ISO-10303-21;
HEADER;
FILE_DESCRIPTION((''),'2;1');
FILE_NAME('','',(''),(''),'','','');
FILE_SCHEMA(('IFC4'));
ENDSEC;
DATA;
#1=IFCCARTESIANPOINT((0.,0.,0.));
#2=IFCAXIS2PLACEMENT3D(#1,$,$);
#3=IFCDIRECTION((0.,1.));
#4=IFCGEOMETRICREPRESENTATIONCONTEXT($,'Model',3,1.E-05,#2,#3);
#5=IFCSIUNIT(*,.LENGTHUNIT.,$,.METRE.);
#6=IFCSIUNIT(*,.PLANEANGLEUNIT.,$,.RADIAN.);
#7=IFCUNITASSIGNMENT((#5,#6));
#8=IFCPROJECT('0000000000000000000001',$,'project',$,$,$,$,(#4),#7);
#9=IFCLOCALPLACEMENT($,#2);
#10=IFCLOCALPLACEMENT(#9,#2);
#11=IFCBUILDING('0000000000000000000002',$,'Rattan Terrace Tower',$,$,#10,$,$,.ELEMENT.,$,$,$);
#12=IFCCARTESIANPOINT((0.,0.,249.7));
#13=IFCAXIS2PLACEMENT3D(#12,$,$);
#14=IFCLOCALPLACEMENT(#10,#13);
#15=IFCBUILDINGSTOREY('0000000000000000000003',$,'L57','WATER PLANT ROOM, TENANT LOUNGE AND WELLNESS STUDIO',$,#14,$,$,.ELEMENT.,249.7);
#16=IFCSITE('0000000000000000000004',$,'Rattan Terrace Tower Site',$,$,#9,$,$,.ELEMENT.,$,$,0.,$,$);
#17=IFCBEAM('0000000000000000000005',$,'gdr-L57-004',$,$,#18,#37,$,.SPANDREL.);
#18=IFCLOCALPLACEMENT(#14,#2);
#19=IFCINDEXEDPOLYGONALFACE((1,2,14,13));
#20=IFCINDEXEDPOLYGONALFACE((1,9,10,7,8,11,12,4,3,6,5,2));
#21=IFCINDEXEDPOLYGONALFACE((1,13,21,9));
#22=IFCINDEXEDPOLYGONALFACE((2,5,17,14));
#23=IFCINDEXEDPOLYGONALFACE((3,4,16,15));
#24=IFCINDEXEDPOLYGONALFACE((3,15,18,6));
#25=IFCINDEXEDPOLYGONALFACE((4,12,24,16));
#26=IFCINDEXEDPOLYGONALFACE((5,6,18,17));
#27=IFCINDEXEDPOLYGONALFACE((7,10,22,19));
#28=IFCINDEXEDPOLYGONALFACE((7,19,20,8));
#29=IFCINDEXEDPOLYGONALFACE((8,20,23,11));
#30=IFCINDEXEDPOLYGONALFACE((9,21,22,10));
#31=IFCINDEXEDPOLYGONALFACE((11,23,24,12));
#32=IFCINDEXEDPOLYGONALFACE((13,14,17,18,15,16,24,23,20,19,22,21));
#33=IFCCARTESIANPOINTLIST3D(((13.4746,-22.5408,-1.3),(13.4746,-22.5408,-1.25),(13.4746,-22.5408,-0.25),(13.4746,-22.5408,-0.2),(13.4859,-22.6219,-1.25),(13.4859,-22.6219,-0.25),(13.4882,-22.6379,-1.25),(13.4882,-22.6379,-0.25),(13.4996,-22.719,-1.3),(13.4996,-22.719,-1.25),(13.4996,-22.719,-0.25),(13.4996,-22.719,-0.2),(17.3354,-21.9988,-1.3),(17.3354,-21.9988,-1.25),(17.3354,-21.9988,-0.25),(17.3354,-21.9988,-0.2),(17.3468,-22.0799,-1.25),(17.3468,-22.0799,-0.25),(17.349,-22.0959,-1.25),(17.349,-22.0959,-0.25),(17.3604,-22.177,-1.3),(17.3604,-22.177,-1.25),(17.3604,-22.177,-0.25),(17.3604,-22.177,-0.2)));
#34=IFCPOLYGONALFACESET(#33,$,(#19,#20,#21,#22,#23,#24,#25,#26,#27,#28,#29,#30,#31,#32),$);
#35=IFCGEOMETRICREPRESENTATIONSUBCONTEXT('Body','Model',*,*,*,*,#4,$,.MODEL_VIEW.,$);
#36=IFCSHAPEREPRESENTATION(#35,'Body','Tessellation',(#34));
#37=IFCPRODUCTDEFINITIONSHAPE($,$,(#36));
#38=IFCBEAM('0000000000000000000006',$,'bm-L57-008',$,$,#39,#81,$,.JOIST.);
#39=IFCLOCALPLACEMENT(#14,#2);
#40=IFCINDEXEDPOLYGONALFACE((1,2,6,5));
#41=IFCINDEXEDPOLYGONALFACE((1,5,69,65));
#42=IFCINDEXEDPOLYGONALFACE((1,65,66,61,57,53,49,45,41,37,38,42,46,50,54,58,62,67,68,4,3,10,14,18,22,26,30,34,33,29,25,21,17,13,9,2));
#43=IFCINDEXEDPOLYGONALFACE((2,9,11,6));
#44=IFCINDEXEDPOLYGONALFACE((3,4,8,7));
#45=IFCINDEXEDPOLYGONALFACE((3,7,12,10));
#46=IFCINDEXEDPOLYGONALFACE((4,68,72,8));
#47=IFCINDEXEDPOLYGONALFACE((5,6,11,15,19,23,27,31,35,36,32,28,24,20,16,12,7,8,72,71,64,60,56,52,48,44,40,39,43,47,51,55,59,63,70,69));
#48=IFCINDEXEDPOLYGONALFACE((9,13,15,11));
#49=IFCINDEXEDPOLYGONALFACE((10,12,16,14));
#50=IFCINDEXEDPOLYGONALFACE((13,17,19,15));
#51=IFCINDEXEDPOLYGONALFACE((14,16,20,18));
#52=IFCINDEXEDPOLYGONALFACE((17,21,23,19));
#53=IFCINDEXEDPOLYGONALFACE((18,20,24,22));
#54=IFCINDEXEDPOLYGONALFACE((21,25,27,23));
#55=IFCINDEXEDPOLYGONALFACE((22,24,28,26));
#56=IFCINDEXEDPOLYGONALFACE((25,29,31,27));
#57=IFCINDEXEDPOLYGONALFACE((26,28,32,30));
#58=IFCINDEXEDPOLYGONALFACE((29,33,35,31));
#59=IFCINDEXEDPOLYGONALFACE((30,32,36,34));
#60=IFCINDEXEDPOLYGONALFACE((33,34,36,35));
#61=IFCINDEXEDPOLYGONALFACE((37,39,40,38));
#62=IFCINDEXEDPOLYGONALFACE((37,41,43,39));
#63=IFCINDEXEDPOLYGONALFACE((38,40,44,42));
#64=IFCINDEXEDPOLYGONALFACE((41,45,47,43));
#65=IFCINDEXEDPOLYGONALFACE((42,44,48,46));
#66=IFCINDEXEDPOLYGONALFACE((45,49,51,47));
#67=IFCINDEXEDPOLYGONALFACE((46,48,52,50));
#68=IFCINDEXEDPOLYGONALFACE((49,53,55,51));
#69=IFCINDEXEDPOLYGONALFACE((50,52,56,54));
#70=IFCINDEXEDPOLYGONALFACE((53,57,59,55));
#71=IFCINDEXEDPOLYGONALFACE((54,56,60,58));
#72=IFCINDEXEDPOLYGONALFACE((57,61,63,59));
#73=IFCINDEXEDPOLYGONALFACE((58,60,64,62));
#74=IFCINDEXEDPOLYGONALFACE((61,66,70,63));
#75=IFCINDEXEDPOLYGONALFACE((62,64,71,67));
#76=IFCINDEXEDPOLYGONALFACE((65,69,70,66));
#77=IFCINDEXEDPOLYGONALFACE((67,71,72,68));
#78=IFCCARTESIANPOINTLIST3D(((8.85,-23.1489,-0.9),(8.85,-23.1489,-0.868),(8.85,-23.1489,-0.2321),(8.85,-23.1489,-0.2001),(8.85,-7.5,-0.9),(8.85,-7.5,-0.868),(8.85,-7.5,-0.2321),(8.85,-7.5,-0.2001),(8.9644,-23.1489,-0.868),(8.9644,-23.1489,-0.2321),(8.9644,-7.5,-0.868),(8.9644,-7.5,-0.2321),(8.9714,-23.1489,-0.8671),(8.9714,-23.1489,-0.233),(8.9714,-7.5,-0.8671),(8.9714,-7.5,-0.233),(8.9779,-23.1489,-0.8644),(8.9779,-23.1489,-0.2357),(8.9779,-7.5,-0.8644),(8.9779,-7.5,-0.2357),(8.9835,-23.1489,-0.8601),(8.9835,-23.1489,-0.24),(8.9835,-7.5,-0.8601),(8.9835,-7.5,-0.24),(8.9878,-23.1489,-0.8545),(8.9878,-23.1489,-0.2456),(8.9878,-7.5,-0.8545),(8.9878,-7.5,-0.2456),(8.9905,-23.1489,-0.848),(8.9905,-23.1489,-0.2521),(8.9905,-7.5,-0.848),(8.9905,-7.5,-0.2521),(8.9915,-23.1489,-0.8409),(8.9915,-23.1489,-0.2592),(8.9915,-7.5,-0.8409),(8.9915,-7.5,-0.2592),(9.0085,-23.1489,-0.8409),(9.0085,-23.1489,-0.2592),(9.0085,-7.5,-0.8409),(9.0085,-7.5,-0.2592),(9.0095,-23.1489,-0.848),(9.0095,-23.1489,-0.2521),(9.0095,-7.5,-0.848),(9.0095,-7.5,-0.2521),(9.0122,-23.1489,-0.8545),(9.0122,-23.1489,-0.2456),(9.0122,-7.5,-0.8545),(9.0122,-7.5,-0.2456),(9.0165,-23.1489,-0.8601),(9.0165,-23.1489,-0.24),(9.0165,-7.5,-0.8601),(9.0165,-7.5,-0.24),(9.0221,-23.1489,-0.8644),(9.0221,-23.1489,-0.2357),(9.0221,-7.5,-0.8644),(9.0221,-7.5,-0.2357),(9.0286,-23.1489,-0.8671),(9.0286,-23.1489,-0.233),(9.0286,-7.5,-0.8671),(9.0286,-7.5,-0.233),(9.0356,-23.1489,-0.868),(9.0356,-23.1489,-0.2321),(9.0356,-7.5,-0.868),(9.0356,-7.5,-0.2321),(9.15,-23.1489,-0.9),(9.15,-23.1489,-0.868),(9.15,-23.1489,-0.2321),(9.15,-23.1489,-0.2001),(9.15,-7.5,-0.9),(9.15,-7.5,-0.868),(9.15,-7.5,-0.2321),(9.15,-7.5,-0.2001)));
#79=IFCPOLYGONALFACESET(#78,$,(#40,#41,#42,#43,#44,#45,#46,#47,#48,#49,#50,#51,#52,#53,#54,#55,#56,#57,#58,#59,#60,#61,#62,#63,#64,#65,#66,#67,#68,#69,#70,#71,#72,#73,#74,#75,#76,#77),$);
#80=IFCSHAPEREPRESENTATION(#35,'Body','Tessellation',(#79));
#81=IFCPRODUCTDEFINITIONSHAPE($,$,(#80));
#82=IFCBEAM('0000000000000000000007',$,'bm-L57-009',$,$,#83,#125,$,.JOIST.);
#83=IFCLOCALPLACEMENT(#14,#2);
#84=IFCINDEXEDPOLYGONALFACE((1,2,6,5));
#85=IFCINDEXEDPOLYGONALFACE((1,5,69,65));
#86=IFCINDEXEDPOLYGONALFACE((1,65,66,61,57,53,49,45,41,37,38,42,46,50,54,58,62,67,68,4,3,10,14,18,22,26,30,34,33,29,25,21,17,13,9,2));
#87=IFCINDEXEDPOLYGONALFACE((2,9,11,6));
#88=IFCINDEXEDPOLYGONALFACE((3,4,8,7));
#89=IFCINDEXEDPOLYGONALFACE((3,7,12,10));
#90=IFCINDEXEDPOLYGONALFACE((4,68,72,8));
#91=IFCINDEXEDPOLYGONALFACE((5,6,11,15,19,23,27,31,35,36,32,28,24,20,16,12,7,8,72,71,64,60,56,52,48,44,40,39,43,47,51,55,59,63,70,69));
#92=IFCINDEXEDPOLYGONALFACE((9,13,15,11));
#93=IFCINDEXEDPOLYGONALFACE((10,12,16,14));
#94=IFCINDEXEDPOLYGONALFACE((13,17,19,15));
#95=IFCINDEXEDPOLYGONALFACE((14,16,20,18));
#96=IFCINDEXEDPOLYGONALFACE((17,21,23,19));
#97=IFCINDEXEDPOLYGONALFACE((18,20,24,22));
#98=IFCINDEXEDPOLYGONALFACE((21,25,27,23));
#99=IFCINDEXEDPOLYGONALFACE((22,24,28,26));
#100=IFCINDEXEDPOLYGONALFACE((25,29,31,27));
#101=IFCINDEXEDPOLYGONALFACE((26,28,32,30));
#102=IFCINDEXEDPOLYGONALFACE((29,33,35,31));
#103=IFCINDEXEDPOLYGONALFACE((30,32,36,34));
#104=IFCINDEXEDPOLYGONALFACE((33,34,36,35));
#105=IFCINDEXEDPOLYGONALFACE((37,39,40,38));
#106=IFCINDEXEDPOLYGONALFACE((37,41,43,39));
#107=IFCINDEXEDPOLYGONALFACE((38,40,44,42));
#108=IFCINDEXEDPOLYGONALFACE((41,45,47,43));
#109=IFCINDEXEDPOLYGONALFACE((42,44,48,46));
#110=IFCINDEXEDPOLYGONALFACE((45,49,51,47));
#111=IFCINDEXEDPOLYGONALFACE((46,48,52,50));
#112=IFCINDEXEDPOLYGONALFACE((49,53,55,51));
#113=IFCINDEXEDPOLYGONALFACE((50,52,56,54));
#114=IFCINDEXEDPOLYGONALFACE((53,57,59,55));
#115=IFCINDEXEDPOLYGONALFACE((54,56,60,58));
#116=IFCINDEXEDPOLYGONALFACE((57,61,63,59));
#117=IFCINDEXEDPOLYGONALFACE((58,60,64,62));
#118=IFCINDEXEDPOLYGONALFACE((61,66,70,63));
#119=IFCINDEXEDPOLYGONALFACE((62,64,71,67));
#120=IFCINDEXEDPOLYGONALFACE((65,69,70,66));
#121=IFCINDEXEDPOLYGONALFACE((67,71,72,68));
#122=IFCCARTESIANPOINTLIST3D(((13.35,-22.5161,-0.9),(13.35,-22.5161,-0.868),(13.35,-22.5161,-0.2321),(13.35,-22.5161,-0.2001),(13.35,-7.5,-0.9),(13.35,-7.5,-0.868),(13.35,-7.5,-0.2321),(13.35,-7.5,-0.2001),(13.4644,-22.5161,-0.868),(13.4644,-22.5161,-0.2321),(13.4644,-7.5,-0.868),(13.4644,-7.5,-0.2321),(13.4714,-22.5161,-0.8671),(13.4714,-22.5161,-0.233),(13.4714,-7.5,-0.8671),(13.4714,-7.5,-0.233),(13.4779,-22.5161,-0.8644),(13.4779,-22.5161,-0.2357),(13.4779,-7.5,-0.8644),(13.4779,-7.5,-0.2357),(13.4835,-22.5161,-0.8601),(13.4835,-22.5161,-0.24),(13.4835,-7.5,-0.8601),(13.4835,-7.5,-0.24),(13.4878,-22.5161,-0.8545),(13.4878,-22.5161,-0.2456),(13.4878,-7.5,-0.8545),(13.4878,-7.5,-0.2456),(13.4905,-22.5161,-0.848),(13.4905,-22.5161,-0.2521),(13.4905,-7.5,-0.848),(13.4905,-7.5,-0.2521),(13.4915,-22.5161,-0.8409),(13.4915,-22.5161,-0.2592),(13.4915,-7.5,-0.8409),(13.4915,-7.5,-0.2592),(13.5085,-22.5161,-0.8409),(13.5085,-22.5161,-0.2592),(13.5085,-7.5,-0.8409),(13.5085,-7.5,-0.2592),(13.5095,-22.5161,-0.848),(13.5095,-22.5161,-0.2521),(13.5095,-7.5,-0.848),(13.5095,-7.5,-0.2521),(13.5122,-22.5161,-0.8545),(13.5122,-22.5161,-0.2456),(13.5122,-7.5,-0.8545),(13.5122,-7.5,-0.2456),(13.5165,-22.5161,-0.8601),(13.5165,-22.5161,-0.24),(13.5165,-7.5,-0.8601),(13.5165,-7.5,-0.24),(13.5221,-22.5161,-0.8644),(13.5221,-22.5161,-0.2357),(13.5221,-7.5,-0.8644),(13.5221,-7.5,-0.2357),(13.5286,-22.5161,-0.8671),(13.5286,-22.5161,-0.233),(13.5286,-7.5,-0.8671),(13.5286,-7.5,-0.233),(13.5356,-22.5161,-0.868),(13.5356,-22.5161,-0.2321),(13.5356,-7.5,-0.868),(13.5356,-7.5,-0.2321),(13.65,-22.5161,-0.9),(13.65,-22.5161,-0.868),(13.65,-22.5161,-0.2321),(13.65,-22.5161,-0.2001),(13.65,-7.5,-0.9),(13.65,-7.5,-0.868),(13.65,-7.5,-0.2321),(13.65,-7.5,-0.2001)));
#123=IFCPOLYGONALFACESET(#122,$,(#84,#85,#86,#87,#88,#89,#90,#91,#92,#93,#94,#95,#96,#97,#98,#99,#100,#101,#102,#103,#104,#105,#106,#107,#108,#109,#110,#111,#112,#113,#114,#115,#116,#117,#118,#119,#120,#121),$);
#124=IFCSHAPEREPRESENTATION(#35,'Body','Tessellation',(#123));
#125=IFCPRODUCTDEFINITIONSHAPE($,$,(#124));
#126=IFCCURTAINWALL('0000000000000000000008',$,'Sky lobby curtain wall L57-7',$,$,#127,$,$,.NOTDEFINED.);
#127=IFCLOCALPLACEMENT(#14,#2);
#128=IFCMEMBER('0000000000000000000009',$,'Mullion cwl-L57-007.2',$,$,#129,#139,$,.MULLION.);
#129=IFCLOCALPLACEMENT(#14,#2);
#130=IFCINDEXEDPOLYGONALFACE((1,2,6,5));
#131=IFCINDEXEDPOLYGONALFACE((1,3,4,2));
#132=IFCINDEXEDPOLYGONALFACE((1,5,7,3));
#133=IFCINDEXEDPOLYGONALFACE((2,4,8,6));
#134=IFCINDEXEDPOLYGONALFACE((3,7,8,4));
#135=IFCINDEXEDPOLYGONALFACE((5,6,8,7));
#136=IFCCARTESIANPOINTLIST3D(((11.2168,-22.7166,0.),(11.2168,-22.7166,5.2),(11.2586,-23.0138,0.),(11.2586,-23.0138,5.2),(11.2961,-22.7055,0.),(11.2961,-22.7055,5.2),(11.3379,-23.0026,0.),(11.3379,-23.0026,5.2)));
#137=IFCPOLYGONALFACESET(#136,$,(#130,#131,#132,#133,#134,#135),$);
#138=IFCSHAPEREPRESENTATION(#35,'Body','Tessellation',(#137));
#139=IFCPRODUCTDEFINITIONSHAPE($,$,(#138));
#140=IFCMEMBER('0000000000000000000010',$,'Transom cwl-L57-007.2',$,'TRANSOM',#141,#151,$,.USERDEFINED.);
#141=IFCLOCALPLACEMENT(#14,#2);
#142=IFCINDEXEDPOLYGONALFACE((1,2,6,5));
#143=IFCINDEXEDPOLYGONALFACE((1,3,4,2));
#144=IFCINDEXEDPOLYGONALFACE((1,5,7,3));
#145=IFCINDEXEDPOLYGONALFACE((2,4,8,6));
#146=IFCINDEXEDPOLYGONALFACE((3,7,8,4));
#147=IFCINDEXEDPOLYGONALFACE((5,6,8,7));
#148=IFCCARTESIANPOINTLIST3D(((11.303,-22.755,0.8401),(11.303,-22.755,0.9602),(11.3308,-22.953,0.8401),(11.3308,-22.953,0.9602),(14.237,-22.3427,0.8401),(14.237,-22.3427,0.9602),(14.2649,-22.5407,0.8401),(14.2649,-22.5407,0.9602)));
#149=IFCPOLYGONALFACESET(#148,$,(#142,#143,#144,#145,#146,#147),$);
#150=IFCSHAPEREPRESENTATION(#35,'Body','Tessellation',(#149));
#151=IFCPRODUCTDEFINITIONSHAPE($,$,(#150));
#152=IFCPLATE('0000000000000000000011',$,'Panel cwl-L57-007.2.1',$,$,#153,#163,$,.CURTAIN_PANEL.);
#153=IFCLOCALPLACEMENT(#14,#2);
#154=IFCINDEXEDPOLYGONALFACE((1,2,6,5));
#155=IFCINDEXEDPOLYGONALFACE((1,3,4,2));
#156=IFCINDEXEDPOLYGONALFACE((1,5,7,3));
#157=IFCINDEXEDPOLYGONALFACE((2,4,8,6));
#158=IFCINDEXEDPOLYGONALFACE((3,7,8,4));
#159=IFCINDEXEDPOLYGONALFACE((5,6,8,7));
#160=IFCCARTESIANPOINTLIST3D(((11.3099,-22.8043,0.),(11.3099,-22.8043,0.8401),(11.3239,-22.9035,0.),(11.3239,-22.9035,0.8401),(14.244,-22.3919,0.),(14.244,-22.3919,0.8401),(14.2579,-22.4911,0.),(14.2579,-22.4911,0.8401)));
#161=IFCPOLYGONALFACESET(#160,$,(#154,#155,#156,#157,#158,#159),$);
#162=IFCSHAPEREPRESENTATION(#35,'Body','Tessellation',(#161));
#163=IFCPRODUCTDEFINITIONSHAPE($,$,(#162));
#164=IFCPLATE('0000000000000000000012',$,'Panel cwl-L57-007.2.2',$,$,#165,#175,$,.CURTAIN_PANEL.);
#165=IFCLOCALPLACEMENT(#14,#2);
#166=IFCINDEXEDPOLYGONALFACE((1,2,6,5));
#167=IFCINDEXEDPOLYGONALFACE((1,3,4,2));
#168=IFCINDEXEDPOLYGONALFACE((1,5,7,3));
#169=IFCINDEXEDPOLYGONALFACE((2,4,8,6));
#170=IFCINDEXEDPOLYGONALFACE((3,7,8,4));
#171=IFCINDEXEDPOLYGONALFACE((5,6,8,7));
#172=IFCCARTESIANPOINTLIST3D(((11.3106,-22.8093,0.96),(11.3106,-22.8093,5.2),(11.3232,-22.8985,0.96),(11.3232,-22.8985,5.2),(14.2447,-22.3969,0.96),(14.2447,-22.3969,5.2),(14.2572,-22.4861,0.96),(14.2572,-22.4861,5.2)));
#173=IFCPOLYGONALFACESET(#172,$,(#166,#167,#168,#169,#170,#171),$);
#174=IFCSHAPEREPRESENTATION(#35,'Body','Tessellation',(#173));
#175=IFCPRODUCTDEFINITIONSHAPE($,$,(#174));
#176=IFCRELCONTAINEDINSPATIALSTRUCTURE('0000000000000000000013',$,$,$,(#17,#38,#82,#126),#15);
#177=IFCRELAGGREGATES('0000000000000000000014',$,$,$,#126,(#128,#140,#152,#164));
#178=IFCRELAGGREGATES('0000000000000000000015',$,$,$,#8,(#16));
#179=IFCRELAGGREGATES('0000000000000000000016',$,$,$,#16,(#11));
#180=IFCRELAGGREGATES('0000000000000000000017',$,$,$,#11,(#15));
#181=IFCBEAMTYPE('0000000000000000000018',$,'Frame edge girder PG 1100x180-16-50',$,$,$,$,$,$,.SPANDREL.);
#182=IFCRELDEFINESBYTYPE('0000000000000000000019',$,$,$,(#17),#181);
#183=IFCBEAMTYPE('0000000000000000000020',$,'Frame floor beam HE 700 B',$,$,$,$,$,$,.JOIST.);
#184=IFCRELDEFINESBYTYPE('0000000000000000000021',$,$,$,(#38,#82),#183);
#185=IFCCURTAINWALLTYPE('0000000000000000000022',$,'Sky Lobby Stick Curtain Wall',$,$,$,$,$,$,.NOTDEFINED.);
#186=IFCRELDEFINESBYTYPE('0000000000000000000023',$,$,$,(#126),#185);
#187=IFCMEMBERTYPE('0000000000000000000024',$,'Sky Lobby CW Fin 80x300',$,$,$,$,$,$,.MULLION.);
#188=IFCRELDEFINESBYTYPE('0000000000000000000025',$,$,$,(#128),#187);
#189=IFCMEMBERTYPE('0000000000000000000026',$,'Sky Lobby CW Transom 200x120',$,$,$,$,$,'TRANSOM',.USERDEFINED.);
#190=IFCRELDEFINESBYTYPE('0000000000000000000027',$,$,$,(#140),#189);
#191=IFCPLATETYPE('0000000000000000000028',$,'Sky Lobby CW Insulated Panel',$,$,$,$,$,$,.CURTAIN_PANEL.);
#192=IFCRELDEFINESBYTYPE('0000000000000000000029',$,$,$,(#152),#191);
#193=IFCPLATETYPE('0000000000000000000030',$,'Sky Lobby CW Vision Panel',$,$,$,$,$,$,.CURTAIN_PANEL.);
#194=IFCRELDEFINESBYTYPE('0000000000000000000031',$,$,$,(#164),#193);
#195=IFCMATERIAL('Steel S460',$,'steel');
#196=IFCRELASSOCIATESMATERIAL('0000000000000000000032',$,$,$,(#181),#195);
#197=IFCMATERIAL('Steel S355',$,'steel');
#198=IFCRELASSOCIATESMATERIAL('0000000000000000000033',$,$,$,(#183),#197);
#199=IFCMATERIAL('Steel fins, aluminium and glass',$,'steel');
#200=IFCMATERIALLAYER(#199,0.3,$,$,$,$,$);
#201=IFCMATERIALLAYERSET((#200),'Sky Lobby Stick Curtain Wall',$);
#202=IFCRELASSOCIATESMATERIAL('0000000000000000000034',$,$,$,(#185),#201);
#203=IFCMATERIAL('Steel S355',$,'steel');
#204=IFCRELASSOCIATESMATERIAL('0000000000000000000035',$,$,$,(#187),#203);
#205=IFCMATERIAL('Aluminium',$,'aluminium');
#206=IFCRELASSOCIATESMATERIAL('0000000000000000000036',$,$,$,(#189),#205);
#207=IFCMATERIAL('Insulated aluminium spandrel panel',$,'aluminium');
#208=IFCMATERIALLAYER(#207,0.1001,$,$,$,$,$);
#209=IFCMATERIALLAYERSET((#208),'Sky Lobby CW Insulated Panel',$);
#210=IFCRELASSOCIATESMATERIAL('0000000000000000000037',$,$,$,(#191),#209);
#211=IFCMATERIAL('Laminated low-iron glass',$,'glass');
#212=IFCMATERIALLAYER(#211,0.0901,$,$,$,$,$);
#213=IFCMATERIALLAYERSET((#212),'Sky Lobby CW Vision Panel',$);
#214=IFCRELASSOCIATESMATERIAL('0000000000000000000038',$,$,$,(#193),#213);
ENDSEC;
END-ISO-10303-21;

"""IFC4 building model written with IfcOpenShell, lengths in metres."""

from ifc_helpers import new_model, si_unit, direction, frame, origin, origin_2d, place, context, subcontext, project, spatial, rectangle, i_section, extrude, material, layer, layer_set, material_profile, profile_set, type_object, element, aggregate, save


model = new_model("IFC4")

# Units and contexts
model_context = context("Model", 3, precision=1e-05, world=origin(), true_north=direction((0.0, 1.0)))
body_context = subcontext(model_context, "Body", "Model", "MODEL_VIEW")
ifc_project = project(units=[si_unit("LENGTHUNIT", "METRE"), si_unit("PLANEANGLEUNIT", "RADIAN")], contexts=[model_context])

# Site, building, storey
site_placement = place(None, origin())
site = spatial("IfcSite", under=ifc_project, at=site_placement, Name="Rattan Terrace Tower Site", CompositionType="ELEMENT", RefElevation=0.0)
building_placement = place(site_placement, origin())
building = spatial("IfcBuilding", under=site, at=building_placement, Name="Rattan Terrace Tower", CompositionType="ELEMENT")
storey_placement = place(building_placement, frame((0.0, 0.0, 249.7)))
storey = spatial("IfcBuildingStorey", under=building, at=storey_placement, Name="L57", Description="WATER PLANT ROOM, TENANT LOUNGE AND WELLNESS STUDIO", CompositionType="ELEMENT", Elevation=249.7)

# Beams
ifc_material_1 = material(Name="Steel S460", Category="steel")
ifc_material_profile_1 = material_profile(ifc_material_1, i_section(OverallWidth=0.1799, OverallDepth=1.1001, WebThickness=0.0161, FlangeThickness=0.05, at=origin_2d()), Name="PG 1100x180-16-50")
ifc_profile_set_1 = profile_set([ifc_material_profile_1], Name="Steel S460")
beam_type_1 = type_object("IfcBeamType", Name="Frame edge girder PG 1100x180-16-50", PredefinedType="SPANDREL", material=ifc_profile_set_1)
beam_1_placement = place(storey_placement, frame((13.4871, -22.6299, -0.75), z_axis=(0.99029, 0.139019, 0.0), x_axis=(-0.139019, 0.99029, 0.0)))
element("IfcBeam", 1, at=beam_1_placement, inside=storey, type_object=beam_type_1, Name="gdr-L57-004", PredefinedType="SPANDREL", context=body_context, shape_type="SweptSolid", body=[
    extrude(i_section(OverallWidth=0.1799, OverallDepth=1.1001, WebThickness=0.0161, FlangeThickness=0.05, at=origin_2d()), origin(), (0.0, 0.0, 1.0), 3.8987),
])
ifc_material_2 = material(Name="Steel S355", Category="steel")
ifc_material_profile_2 = material_profile(ifc_material_2, i_section(OverallWidth=0.3, OverallDepth=0.7, WebThickness=0.0171, FlangeThickness=0.032, FilletRadius=0.0271, at=origin_2d()), Name="HE 700 B")
ifc_profile_set_2 = profile_set([ifc_material_profile_2], Name="Steel S355")
beam_type_2 = type_object("IfcBeamType", Name="Frame floor beam HE 700 B", PredefinedType="JOIST", material=ifc_profile_set_2)
beam_2_placement = place(storey_placement, frame((9.0, -23.1489, -0.55), z_axis=(0.0, 1.0, 0.0), x_axis=(-1.0, 0.0, 0.0)))
element("IfcBeam", 2, at=beam_2_placement, inside=storey, type_object=beam_type_2, Name="bm-L57-008", PredefinedType="JOIST", context=body_context, shape_type="SweptSolid", body=[
    extrude(i_section(OverallWidth=0.3, OverallDepth=0.7, WebThickness=0.0171, FlangeThickness=0.032, FilletRadius=0.0271, at=origin_2d()), origin(), (0.0, 0.0, 1.0), 15.6489),
])
beam_3_placement = place(storey_placement, frame((13.5, -22.5161, -0.55), z_axis=(0.0, 1.0, 0.0), x_axis=(-1.0, 0.0, 0.0)))
element("IfcBeam", 3, at=beam_3_placement, inside=storey, type_object=beam_type_2, Name="bm-L57-009", PredefinedType="JOIST", context=body_context, shape_type="SweptSolid", body=[
    extrude(i_section(OverallWidth=0.3, OverallDepth=0.7, WebThickness=0.0171, FlangeThickness=0.032, FilletRadius=0.0271, at=origin_2d()), origin(), (0.0, 0.0, 1.0), 15.0161),
])

# Curtain wall, members, plates
ifc_material_3 = material(Name="Steel fins, aluminium and glass", Category="steel")
ifc_layer_1 = layer(ifc_material_3, 0.3)
ifc_layer_set_1 = layer_set([ifc_layer_1], Name="Sky Lobby Stick Curtain Wall")
curtain_wall_type = type_object("IfcCurtainWallType", Name="Sky Lobby Stick Curtain Wall", PredefinedType="NOTDEFINED", material=ifc_layer_set_1)
curtain_wall_placement = place(storey_placement, origin())
curtain_wall = element("IfcCurtainWall", 4, at=curtain_wall_placement, inside=storey, type_object=curtain_wall_type, Name="Sky lobby curtain wall L57-7", PredefinedType="NOTDEFINED")
ifc_material_4 = material(Name="Steel S355", Category="steel")
ifc_material_profile_3 = material_profile(ifc_material_4, rectangle(XDim=0.0801, YDim=0.3, at=origin_2d()), Name="Steel S355 80x300")
ifc_profile_set_3 = profile_set([ifc_material_profile_3], Name="Steel S355")
member_type_1 = type_object("IfcMemberType", Name="Sky Lobby CW Fin 80x300", PredefinedType="MULLION", material=ifc_profile_set_3)
member_1_placement = place(storey_placement, frame((11.2773, -22.8596, 0.0), z_axis=(0.0, 0.0, 1.0), x_axis=(0.990266, 0.139189, 0.0)))
member_1 = element("IfcMember", 5, at=member_1_placement, type_object=member_type_1, Name="Mullion cwl-L57-007.2", PredefinedType="MULLION", context=body_context, shape_type="SweptSolid", body=[
    extrude(rectangle(XDim=0.0801, YDim=0.3, at=origin_2d()), origin(), (0.0, 0.0, 1.0), 5.2),
])
ifc_material_5 = material(Name="Aluminium", Category="aluminium")
ifc_material_profile_4 = material_profile(ifc_material_5, rectangle(XDim=0.2, YDim=0.1201, at=origin_2d()), Name="Aluminium 200x120")
ifc_profile_set_4 = profile_set([ifc_material_profile_4], Name="Aluminium")
member_type_2 = type_object("IfcMemberType", Name="Sky Lobby CW Transom 200x120", ElementType="TRANSOM", PredefinedType="USERDEFINED", material=ifc_profile_set_4)
member_2_placement = place(storey_placement, frame((11.3169, -22.854, 0.9001), z_axis=(0.990268, 0.139172, 0.0), x_axis=(-0.139172, 0.990268, 0.0)))
member_2 = element("IfcMember", 6, at=member_2_placement, type_object=member_type_2, Name="Transom cwl-L57-007.2", ObjectType="TRANSOM", PredefinedType="USERDEFINED", context=body_context, shape_type="SweptSolid", body=[
    extrude(rectangle(XDim=0.2, YDim=0.1201, at=origin_2d()), origin(), (0.0, 0.0, 1.0), 2.9629),
])
ifc_material_6 = material(Name="Insulated aluminium spandrel panel", Category="aluminium")
ifc_layer_2 = layer(ifc_material_6, 0.1001)
ifc_layer_set_2 = layer_set([ifc_layer_2], Name="Sky Lobby CW Insulated Panel")
plate_type_1 = type_object("IfcPlateType", Name="Sky Lobby CW Insulated Panel", PredefinedType="CURTAIN_PANEL", material=ifc_layer_set_2)
plate_1_placement = place(storey_placement, frame((12.7839, -22.6477, 0.0), z_axis=(0.0, 0.0, 1.0), x_axis=(0.990266, 0.139189, 0.0)))
plate_1 = element("IfcPlate", 7, at=plate_1_placement, type_object=plate_type_1, Name="Panel cwl-L57-007.2.1", PredefinedType="CURTAIN_PANEL", context=body_context, shape_type="SweptSolid", body=[
    extrude(rectangle(XDim=2.9629, YDim=0.1001, at=origin_2d()), origin(), (0.0, 0.0, 1.0), 0.8401),
])
ifc_material_7 = material(Name="Laminated low-iron glass", Category="glass")
ifc_layer_3 = layer(ifc_material_7, 0.0901)
ifc_layer_set_3 = layer_set([ifc_layer_3], Name="Sky Lobby CW Vision Panel")
plate_type_2 = type_object("IfcPlateType", Name="Sky Lobby CW Vision Panel", PredefinedType="CURTAIN_PANEL", material=ifc_layer_set_3)
plate_2_placement = place(storey_placement, frame((12.7839, -22.6477, 0.96), z_axis=(0.0, 0.0, 1.0), x_axis=(0.990266, 0.139189, 0.0)))
plate_2 = element("IfcPlate", 8, at=plate_2_placement, type_object=plate_type_2, Name="Panel cwl-L57-007.2.2", PredefinedType="CURTAIN_PANEL", context=body_context, shape_type="SweptSolid", body=[
    extrude(rectangle(XDim=2.9629, YDim=0.0901, at=origin_2d()), origin(), (0.0, 0.0, 1.0), 4.24),
])
aggregate(curtain_wall, [member_1, member_2, plate_1, plate_2])

save(model, "model.ifc")
